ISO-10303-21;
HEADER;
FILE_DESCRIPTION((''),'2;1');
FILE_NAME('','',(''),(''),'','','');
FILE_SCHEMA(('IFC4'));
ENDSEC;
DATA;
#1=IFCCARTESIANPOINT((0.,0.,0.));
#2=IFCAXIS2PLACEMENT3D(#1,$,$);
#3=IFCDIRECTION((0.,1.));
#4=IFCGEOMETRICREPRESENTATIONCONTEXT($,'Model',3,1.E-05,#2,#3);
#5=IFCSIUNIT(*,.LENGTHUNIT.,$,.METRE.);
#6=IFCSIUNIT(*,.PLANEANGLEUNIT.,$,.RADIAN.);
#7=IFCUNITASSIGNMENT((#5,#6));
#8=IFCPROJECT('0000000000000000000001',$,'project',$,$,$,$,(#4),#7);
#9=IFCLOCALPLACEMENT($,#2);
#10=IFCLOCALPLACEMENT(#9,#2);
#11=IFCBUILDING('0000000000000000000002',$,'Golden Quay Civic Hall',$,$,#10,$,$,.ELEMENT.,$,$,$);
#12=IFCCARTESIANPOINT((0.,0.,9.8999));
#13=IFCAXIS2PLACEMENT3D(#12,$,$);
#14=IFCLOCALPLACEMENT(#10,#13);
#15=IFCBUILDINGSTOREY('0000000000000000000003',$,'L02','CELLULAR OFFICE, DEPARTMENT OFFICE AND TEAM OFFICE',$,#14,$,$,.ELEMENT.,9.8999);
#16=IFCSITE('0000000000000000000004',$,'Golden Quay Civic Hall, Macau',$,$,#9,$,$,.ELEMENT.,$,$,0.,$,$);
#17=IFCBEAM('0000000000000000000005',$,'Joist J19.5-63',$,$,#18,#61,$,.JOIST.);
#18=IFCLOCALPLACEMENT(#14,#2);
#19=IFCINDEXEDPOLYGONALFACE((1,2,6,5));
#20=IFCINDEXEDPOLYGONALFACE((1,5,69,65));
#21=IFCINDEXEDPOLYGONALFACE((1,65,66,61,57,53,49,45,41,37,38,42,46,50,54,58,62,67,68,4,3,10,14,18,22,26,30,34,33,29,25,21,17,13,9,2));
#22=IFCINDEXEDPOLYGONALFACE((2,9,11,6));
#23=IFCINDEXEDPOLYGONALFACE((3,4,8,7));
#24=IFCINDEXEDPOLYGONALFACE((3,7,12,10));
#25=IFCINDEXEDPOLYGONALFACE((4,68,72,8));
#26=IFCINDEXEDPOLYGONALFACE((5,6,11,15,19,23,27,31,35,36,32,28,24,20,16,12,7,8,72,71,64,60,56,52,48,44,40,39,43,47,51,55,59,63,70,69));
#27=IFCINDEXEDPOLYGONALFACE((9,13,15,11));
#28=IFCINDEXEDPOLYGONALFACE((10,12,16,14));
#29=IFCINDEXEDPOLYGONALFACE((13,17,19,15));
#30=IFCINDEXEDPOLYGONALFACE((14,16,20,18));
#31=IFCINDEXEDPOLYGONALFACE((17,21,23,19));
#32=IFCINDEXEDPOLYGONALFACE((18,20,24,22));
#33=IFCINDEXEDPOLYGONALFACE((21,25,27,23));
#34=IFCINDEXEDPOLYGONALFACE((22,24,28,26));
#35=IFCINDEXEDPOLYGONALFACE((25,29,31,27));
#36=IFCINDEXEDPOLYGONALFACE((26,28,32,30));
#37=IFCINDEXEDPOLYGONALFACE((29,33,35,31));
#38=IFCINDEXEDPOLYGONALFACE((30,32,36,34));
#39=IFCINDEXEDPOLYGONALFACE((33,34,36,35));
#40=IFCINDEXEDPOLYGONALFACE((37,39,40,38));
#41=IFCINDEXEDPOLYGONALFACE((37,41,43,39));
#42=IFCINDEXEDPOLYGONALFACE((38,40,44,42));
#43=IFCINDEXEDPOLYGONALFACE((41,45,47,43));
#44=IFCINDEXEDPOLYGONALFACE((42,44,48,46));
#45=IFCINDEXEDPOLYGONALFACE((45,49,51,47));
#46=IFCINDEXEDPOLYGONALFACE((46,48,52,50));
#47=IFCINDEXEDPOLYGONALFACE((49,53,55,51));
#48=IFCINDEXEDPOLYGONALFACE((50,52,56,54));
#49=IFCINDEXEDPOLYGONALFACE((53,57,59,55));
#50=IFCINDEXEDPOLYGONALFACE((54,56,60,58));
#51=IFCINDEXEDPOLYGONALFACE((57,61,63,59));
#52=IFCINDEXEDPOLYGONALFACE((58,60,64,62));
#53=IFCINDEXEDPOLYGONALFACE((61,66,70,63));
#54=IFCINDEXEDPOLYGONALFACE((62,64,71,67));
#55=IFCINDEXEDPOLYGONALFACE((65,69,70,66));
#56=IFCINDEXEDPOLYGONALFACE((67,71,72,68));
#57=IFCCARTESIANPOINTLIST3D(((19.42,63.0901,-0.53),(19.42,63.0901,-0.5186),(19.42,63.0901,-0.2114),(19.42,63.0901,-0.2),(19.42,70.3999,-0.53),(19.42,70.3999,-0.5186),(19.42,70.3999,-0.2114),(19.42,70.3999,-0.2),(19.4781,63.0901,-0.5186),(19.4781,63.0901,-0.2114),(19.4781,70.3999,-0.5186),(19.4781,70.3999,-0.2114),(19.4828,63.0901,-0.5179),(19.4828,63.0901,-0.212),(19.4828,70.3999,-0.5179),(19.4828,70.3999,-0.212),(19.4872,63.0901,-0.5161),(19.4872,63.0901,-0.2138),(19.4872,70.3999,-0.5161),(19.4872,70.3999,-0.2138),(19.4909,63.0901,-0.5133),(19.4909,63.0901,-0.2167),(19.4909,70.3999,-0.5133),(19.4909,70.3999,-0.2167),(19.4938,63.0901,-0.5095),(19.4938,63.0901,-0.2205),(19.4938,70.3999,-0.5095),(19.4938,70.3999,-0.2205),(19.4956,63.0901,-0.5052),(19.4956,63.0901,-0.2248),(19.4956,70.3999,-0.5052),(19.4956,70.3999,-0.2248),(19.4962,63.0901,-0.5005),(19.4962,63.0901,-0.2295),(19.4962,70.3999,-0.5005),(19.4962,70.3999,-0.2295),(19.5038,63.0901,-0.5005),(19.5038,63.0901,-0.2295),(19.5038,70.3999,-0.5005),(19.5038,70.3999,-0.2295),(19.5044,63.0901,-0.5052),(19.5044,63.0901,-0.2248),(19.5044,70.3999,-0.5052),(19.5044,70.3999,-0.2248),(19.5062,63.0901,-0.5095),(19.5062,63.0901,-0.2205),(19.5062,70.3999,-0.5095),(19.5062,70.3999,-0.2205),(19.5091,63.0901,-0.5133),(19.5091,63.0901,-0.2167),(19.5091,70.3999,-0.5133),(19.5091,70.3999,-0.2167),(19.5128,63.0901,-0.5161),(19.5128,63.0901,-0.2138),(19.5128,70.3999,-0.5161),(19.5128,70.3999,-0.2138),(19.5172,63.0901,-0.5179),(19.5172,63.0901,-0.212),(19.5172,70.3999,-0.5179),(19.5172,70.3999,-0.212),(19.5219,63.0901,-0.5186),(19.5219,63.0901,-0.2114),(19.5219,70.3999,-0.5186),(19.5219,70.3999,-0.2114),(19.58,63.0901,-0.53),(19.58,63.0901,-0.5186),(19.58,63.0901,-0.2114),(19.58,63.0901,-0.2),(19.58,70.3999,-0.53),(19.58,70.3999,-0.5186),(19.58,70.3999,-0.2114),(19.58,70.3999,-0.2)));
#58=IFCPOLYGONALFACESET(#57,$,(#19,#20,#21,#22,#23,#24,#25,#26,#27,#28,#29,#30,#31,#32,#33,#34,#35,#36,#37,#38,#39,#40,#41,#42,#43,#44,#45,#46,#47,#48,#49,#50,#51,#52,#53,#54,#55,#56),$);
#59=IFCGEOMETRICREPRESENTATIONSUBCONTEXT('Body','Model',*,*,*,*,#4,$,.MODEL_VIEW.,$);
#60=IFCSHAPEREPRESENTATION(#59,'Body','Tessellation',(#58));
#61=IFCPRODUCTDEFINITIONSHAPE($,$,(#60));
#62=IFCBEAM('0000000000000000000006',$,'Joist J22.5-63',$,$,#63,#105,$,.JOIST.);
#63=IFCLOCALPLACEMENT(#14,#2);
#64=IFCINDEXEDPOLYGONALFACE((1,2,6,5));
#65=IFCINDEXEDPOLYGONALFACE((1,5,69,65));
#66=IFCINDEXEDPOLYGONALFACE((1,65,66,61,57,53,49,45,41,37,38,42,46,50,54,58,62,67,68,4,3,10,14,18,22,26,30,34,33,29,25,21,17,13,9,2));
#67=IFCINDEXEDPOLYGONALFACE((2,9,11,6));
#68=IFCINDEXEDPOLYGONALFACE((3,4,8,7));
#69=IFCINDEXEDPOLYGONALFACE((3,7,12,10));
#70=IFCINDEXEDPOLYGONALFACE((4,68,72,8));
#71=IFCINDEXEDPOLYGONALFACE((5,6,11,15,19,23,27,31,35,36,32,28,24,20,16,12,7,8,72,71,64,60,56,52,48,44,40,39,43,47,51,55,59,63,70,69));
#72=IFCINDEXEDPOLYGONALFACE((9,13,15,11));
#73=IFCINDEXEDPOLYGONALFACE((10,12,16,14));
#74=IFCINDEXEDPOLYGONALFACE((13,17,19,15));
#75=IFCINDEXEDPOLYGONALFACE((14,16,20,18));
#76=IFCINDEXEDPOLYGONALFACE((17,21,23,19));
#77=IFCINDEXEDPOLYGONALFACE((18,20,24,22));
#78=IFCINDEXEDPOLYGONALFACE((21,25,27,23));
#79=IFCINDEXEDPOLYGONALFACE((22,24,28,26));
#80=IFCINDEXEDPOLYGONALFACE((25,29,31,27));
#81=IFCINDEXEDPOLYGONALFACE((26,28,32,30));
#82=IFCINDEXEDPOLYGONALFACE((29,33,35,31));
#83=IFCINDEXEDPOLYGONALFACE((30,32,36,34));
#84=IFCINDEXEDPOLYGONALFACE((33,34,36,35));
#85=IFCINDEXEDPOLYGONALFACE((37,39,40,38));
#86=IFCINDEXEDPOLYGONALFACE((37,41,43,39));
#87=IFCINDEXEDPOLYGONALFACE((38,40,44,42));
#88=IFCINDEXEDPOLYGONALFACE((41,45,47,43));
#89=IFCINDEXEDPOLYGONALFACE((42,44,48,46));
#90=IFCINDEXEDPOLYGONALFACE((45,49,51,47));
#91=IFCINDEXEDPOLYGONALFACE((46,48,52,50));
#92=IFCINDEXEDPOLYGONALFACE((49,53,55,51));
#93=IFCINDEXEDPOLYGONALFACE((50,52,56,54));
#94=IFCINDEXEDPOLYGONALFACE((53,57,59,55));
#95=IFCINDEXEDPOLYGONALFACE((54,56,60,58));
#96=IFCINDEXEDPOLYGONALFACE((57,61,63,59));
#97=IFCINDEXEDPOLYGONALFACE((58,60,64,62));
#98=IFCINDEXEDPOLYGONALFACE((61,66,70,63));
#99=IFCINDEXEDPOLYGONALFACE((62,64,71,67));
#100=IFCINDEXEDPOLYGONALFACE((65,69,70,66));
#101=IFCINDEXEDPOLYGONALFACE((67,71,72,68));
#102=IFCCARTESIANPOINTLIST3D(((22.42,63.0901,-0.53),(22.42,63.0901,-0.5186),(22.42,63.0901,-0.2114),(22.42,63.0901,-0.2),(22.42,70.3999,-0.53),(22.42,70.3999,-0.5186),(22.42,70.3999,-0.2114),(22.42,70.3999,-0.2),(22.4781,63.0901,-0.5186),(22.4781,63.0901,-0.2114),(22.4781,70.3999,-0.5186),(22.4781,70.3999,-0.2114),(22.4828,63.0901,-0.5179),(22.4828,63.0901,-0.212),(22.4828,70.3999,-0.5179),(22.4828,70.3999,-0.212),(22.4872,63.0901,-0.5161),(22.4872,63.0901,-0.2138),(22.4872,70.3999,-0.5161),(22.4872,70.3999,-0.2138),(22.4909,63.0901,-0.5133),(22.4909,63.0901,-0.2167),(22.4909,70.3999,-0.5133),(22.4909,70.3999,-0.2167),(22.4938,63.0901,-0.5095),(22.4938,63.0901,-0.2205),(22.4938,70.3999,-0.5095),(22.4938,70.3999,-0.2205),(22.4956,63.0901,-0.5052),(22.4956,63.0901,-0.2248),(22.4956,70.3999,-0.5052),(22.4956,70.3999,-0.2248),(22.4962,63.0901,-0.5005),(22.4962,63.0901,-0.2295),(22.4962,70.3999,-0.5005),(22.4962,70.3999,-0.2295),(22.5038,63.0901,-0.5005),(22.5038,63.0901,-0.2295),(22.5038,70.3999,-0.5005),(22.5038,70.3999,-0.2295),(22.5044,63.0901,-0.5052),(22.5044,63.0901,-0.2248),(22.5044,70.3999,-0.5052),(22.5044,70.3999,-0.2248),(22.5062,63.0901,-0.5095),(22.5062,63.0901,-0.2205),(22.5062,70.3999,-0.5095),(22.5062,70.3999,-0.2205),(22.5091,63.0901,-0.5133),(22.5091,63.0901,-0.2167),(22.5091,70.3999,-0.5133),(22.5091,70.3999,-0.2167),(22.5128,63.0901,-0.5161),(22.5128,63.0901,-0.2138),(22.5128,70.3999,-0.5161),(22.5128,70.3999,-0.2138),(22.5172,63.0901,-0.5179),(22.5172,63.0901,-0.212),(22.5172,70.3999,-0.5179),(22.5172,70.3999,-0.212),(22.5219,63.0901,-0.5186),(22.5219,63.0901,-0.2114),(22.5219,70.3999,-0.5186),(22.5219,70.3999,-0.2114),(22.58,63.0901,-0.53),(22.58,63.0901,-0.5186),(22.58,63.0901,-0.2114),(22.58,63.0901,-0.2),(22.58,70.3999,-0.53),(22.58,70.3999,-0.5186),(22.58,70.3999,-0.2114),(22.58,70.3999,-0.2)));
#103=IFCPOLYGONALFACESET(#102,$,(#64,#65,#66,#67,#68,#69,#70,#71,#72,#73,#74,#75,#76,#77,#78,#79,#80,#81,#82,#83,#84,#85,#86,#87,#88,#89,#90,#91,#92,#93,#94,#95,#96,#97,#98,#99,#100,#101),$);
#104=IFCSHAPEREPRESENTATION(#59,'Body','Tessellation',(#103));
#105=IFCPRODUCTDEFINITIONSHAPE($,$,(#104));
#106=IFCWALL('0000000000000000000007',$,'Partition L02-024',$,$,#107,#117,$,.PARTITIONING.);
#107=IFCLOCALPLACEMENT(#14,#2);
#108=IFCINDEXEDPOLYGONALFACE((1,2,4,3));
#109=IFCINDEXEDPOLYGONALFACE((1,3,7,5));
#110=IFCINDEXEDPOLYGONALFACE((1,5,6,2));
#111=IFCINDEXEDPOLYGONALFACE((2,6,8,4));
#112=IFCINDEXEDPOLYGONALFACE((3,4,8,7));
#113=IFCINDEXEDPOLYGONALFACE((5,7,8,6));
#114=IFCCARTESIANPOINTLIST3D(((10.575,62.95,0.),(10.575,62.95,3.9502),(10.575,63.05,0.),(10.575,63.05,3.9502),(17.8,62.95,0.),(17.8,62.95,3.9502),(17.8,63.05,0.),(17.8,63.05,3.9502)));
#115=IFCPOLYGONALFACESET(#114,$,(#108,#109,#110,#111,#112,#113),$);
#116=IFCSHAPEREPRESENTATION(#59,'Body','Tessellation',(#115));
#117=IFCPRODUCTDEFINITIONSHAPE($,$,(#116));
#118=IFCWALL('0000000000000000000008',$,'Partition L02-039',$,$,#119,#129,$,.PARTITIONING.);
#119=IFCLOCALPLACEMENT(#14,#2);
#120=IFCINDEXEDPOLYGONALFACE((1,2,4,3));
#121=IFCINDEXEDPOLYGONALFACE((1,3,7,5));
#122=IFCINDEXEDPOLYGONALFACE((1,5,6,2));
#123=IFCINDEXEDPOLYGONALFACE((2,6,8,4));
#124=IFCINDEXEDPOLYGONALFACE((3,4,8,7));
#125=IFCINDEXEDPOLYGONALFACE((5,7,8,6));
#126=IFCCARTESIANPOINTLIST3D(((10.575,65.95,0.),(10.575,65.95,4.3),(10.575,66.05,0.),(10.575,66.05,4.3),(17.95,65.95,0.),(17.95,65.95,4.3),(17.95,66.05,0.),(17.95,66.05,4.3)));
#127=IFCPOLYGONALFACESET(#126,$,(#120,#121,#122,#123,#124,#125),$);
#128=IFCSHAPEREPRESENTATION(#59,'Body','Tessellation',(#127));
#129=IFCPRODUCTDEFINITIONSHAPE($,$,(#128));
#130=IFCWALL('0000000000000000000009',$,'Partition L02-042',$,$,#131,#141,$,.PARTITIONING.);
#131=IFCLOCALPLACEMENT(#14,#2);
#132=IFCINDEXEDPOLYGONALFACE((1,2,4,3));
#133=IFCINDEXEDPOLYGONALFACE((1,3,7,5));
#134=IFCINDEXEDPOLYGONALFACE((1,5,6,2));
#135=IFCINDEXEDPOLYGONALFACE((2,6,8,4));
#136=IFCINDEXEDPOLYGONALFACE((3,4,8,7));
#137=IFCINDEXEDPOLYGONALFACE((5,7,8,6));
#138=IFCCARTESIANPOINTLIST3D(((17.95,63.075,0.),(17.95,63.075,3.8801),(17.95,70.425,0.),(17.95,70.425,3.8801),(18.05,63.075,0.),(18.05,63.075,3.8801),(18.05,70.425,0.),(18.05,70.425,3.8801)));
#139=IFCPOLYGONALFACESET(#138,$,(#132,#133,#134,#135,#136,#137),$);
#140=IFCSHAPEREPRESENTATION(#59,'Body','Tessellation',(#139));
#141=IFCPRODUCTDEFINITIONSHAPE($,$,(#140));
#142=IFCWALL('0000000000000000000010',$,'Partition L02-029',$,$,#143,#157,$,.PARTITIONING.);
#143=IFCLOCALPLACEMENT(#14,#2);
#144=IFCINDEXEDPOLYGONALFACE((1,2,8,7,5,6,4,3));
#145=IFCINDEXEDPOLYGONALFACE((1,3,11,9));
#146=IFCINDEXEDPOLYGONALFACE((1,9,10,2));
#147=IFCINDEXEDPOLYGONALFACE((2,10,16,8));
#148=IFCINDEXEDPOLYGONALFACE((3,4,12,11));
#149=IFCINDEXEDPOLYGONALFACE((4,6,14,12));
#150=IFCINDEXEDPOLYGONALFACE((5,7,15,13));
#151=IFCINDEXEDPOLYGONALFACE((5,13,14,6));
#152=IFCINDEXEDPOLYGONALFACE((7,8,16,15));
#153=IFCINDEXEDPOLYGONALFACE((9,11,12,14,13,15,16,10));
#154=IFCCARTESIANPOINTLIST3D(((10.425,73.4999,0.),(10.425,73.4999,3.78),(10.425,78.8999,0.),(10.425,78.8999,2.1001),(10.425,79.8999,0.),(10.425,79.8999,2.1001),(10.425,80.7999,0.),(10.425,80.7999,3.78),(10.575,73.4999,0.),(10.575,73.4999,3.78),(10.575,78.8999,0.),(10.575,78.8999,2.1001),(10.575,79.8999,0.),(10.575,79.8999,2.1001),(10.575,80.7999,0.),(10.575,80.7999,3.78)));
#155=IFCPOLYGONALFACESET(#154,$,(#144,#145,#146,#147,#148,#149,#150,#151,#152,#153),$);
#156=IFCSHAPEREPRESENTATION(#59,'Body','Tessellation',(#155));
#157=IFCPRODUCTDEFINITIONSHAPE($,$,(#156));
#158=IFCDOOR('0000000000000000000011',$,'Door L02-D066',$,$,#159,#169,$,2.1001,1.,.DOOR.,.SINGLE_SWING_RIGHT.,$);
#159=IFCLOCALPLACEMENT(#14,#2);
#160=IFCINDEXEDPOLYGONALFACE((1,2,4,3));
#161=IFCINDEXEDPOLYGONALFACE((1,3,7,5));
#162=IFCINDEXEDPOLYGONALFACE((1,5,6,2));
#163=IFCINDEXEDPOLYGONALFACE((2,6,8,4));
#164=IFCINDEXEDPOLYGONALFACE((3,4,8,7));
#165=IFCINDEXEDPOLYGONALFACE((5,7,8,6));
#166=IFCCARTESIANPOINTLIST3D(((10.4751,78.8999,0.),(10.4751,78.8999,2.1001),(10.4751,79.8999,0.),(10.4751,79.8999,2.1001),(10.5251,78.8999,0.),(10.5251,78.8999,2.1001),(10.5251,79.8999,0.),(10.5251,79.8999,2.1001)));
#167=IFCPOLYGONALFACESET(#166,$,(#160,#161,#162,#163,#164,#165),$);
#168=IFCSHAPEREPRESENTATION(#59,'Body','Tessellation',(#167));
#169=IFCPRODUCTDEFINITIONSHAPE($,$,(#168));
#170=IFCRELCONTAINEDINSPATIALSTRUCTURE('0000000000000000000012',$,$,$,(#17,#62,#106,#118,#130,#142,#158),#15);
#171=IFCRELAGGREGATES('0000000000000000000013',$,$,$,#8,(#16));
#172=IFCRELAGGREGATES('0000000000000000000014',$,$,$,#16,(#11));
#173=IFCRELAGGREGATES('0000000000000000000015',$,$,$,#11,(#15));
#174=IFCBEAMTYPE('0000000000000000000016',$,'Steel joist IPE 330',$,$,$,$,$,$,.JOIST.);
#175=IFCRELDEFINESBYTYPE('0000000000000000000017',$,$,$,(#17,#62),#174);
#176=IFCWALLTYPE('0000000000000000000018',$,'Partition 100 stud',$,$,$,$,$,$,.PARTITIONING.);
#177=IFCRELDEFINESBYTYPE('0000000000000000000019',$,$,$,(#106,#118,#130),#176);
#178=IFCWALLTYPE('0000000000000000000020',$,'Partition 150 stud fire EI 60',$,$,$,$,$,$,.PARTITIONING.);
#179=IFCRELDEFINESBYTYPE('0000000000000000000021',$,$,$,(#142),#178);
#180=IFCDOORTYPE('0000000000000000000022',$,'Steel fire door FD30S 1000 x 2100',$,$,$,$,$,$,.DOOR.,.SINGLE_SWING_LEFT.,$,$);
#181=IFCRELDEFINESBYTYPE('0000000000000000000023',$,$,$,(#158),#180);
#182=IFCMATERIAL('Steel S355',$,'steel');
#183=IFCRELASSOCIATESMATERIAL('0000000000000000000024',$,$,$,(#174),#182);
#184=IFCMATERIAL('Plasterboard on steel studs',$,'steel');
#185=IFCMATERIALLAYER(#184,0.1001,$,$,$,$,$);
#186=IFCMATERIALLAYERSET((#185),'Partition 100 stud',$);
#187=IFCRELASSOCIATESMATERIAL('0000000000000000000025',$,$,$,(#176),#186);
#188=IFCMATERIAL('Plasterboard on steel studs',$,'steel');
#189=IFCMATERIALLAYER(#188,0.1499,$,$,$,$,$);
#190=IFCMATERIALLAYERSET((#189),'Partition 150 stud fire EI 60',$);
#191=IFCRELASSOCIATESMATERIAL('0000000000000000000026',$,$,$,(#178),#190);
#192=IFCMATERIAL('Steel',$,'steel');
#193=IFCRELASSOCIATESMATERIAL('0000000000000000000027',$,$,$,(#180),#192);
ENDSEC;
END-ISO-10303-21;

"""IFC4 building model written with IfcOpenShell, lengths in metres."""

from ifc_helpers import new_model, si_unit, direction, frame, frame_2d, origin, origin_2d, place, context, subcontext, project, spatial, rectangle, i_section, extrude, material, layer, layer_set, material_profile, profile_set, type_object, element, fill, save


model = new_model("IFC4")

# Units and contexts
model_context = context("Model", 3, precision=1e-05, world=origin(), true_north=direction((0.0, 1.0)))
body_context = subcontext(model_context, "Body", "Model", "MODEL_VIEW")
ifc_project = project(units=[si_unit("LENGTHUNIT", "METRE"), si_unit("PLANEANGLEUNIT", "RADIAN")], contexts=[model_context])

# Site, building, storey
site_placement = place(None, origin())
site = spatial("IfcSite", under=ifc_project, at=site_placement, Name="Golden Quay Civic Hall, Macau", CompositionType="ELEMENT", RefElevation=0.0)
building_placement = place(site_placement, origin())
building = spatial("IfcBuilding", under=site, at=building_placement, Name="Golden Quay Civic Hall", CompositionType="ELEMENT")
storey_placement = place(building_placement, frame((0.0, 0.0, 9.8999)))
storey = spatial("IfcBuildingStorey", under=building, at=storey_placement, Name="L02", Description="CELLULAR OFFICE, DEPARTMENT OFFICE AND TEAM OFFICE", CompositionType="ELEMENT", Elevation=9.8999)

# Beams
ifc_material_1 = material(Name="Steel S355", Category="steel")
ifc_material_profile_1 = material_profile(ifc_material_1, i_section(OverallWidth=0.1599, OverallDepth=0.3301, WebThickness=0.0076, FlangeThickness=0.0115, FilletRadius=0.0181, at=origin_2d()), Name="IPE 330")
ifc_profile_set_1 = profile_set([ifc_material_profile_1], Name="Steel S355")
beam_type_1 = type_object("IfcBeamType", Name="Steel joist IPE 330", PredefinedType="JOIST", material=ifc_profile_set_1)
for number, where, z_axis, x_axis, name in (
    (1, (19.5, 63.0901, -0.365), (0.0, 1.0, 0.0), (-1.0, 0.0, 0.0), "Joist J19.5-63"),
    (2, (22.5, 63.0901, -0.365), (0.0, 1.0, 0.0), (-1.0, 0.0, 0.0), "Joist J22.5-63"),
):
    element("IfcBeam", number, at=place(storey_placement, frame(where, z_axis=z_axis, x_axis=x_axis)), inside=storey, type_object=beam_type_1, Name=name, PredefinedType="JOIST", context=body_context, shape_type="SweptSolid", body=[
        extrude(i_section(OverallWidth=0.1599, OverallDepth=0.3301, WebThickness=0.0076, FlangeThickness=0.0115, FilletRadius=0.0181, at=origin_2d()), origin(), (0.0, 0.0, 1.0), 7.3098),
    ])

# Walls
ifc_material_2 = material(Name="Plasterboard on steel studs", Category="steel")
ifc_layer_1 = layer(ifc_material_2, 0.1001)
ifc_layer_set_1 = layer_set([ifc_layer_1], Name="Partition 100 stud")
wall_type_1 = type_object("IfcWallType", Name="Partition 100 stud", PredefinedType="PARTITIONING", material=ifc_layer_set_1)
wall_1_placement = place(storey_placement, frame((10.575, 63.0, 0.0), z_axis=(0.0, 0.0, 1.0), x_axis=(1.0, 0.0, 0.0)))
element("IfcWall", 3, at=wall_1_placement, inside=storey, type_object=wall_type_1, Name="Partition L02-024", PredefinedType="PARTITIONING", context=body_context, shape_type="SweptSolid", body=[
    extrude(rectangle(XDim=7.2251, YDim=0.1001, at=frame_2d((3.6125, 0.0))), origin(), (0.0, 0.0, 1.0), 3.9502),
])
wall_2_placement = place(storey_placement, frame((10.575, 66.0, 0.0), z_axis=(0.0, 0.0, 1.0), x_axis=(1.0, 0.0, 0.0)))
element("IfcWall", 4, at=wall_2_placement, inside=storey, type_object=wall_type_1, Name="Partition L02-039", PredefinedType="PARTITIONING", context=body_context, shape_type="SweptSolid", body=[
    extrude(rectangle(XDim=7.375, YDim=0.1001, at=frame_2d((3.6875, 0.0))), origin(), (0.0, 0.0, 1.0), 4.3),
])
wall_3_placement = place(storey_placement, frame((18.0, 63.075, 0.0), z_axis=(0.0, 0.0, 1.0), x_axis=(0.0, 1.0, 0.0)))
element("IfcWall", 5, at=wall_3_placement, inside=storey, type_object=wall_type_1, Name="Partition L02-042", PredefinedType="PARTITIONING", context=body_context, shape_type="SweptSolid", body=[
    extrude(rectangle(XDim=7.3501, YDim=0.1001, at=frame_2d((3.675, 0.0))), origin(), (0.0, 0.0, 1.0), 3.8801),
])

# Wall, opening, door
ifc_material_3 = material(Name="Plasterboard on steel studs", Category="steel")
ifc_layer_2 = layer(ifc_material_3, 0.1499)
ifc_layer_set_2 = layer_set([ifc_layer_2], Name="Partition 150 stud fire EI 60")
wall_type_2 = type_object("IfcWallType", Name="Partition 150 stud fire EI 60", PredefinedType="PARTITIONING", material=ifc_layer_set_2)
wall_4_placement = place(storey_placement, frame((10.5, 73.5, 0.0), z_axis=(0.0, 0.0, 1.0), x_axis=(0.0, 1.0, 0.0)))
wall_4 = element("IfcWall", 6, at=wall_4_placement, inside=storey, type_object=wall_type_2, Name="Partition L02-029", PredefinedType="PARTITIONING", context=body_context, shape_type="SweptSolid", body=[
    extrude(rectangle(XDim=7.3, YDim=0.1499, at=frame_2d((3.6499, 0.0))), origin(), (0.0, 0.0, 1.0), 3.78),
])
opening_1_placement = place(wall_4_placement, frame((5.3999, 0.0, 0.0)))
opening_1 = element("IfcOpeningElement", 7, at=opening_1_placement, cuts=wall_4, PredefinedType="OPENING", context=body_context, shape_type="SweptSolid", body=[
    extrude(rectangle(XDim=1.0, YDim=2.1001, at=frame_2d((0.5, 1.05))), frame((0.0, 0.085, 0.0), z_axis=(0.0, -1.0, 0.0), x_axis=(1.0, 0.0, 0.0)), (0.0, 0.0, 1.0), 0.1699),
])
ifc_material_4 = material(Name="Steel", Category="steel")
door_type_1 = type_object("IfcDoorType", Name="Steel fire door FD30S 1000 x 2100", OperationType="SINGLE_SWING_LEFT", PredefinedType="DOOR", material=ifc_material_4)
door_1_placement = place(opening_1_placement, frame((1.0, 0.0, 0.0), z_axis=(0.0, 0.0, 1.0), x_axis=(-1.0, 0.0, 0.0)))
door_1 = element("IfcDoor", 8, at=door_1_placement, inside=storey, type_object=door_type_1, Name="Door L02-D066", OperationType="SINGLE_SWING_RIGHT", OverallHeight=2.1001, OverallWidth=1.0, PredefinedType="DOOR", context=body_context, shape_type="SweptSolid", body=[
    extrude(rectangle(XDim=1.0, YDim=2.1001, at=frame_2d((0.5, 1.05))), frame((0.0, 0.0251, 0.0), z_axis=(0.0, -1.0, 0.0), x_axis=(1.0, 0.0, 0.0)), (0.0, 0.0, 1.0), 0.05),
])
fill(opening_1, door_1)

save(model, "model.ifc")
